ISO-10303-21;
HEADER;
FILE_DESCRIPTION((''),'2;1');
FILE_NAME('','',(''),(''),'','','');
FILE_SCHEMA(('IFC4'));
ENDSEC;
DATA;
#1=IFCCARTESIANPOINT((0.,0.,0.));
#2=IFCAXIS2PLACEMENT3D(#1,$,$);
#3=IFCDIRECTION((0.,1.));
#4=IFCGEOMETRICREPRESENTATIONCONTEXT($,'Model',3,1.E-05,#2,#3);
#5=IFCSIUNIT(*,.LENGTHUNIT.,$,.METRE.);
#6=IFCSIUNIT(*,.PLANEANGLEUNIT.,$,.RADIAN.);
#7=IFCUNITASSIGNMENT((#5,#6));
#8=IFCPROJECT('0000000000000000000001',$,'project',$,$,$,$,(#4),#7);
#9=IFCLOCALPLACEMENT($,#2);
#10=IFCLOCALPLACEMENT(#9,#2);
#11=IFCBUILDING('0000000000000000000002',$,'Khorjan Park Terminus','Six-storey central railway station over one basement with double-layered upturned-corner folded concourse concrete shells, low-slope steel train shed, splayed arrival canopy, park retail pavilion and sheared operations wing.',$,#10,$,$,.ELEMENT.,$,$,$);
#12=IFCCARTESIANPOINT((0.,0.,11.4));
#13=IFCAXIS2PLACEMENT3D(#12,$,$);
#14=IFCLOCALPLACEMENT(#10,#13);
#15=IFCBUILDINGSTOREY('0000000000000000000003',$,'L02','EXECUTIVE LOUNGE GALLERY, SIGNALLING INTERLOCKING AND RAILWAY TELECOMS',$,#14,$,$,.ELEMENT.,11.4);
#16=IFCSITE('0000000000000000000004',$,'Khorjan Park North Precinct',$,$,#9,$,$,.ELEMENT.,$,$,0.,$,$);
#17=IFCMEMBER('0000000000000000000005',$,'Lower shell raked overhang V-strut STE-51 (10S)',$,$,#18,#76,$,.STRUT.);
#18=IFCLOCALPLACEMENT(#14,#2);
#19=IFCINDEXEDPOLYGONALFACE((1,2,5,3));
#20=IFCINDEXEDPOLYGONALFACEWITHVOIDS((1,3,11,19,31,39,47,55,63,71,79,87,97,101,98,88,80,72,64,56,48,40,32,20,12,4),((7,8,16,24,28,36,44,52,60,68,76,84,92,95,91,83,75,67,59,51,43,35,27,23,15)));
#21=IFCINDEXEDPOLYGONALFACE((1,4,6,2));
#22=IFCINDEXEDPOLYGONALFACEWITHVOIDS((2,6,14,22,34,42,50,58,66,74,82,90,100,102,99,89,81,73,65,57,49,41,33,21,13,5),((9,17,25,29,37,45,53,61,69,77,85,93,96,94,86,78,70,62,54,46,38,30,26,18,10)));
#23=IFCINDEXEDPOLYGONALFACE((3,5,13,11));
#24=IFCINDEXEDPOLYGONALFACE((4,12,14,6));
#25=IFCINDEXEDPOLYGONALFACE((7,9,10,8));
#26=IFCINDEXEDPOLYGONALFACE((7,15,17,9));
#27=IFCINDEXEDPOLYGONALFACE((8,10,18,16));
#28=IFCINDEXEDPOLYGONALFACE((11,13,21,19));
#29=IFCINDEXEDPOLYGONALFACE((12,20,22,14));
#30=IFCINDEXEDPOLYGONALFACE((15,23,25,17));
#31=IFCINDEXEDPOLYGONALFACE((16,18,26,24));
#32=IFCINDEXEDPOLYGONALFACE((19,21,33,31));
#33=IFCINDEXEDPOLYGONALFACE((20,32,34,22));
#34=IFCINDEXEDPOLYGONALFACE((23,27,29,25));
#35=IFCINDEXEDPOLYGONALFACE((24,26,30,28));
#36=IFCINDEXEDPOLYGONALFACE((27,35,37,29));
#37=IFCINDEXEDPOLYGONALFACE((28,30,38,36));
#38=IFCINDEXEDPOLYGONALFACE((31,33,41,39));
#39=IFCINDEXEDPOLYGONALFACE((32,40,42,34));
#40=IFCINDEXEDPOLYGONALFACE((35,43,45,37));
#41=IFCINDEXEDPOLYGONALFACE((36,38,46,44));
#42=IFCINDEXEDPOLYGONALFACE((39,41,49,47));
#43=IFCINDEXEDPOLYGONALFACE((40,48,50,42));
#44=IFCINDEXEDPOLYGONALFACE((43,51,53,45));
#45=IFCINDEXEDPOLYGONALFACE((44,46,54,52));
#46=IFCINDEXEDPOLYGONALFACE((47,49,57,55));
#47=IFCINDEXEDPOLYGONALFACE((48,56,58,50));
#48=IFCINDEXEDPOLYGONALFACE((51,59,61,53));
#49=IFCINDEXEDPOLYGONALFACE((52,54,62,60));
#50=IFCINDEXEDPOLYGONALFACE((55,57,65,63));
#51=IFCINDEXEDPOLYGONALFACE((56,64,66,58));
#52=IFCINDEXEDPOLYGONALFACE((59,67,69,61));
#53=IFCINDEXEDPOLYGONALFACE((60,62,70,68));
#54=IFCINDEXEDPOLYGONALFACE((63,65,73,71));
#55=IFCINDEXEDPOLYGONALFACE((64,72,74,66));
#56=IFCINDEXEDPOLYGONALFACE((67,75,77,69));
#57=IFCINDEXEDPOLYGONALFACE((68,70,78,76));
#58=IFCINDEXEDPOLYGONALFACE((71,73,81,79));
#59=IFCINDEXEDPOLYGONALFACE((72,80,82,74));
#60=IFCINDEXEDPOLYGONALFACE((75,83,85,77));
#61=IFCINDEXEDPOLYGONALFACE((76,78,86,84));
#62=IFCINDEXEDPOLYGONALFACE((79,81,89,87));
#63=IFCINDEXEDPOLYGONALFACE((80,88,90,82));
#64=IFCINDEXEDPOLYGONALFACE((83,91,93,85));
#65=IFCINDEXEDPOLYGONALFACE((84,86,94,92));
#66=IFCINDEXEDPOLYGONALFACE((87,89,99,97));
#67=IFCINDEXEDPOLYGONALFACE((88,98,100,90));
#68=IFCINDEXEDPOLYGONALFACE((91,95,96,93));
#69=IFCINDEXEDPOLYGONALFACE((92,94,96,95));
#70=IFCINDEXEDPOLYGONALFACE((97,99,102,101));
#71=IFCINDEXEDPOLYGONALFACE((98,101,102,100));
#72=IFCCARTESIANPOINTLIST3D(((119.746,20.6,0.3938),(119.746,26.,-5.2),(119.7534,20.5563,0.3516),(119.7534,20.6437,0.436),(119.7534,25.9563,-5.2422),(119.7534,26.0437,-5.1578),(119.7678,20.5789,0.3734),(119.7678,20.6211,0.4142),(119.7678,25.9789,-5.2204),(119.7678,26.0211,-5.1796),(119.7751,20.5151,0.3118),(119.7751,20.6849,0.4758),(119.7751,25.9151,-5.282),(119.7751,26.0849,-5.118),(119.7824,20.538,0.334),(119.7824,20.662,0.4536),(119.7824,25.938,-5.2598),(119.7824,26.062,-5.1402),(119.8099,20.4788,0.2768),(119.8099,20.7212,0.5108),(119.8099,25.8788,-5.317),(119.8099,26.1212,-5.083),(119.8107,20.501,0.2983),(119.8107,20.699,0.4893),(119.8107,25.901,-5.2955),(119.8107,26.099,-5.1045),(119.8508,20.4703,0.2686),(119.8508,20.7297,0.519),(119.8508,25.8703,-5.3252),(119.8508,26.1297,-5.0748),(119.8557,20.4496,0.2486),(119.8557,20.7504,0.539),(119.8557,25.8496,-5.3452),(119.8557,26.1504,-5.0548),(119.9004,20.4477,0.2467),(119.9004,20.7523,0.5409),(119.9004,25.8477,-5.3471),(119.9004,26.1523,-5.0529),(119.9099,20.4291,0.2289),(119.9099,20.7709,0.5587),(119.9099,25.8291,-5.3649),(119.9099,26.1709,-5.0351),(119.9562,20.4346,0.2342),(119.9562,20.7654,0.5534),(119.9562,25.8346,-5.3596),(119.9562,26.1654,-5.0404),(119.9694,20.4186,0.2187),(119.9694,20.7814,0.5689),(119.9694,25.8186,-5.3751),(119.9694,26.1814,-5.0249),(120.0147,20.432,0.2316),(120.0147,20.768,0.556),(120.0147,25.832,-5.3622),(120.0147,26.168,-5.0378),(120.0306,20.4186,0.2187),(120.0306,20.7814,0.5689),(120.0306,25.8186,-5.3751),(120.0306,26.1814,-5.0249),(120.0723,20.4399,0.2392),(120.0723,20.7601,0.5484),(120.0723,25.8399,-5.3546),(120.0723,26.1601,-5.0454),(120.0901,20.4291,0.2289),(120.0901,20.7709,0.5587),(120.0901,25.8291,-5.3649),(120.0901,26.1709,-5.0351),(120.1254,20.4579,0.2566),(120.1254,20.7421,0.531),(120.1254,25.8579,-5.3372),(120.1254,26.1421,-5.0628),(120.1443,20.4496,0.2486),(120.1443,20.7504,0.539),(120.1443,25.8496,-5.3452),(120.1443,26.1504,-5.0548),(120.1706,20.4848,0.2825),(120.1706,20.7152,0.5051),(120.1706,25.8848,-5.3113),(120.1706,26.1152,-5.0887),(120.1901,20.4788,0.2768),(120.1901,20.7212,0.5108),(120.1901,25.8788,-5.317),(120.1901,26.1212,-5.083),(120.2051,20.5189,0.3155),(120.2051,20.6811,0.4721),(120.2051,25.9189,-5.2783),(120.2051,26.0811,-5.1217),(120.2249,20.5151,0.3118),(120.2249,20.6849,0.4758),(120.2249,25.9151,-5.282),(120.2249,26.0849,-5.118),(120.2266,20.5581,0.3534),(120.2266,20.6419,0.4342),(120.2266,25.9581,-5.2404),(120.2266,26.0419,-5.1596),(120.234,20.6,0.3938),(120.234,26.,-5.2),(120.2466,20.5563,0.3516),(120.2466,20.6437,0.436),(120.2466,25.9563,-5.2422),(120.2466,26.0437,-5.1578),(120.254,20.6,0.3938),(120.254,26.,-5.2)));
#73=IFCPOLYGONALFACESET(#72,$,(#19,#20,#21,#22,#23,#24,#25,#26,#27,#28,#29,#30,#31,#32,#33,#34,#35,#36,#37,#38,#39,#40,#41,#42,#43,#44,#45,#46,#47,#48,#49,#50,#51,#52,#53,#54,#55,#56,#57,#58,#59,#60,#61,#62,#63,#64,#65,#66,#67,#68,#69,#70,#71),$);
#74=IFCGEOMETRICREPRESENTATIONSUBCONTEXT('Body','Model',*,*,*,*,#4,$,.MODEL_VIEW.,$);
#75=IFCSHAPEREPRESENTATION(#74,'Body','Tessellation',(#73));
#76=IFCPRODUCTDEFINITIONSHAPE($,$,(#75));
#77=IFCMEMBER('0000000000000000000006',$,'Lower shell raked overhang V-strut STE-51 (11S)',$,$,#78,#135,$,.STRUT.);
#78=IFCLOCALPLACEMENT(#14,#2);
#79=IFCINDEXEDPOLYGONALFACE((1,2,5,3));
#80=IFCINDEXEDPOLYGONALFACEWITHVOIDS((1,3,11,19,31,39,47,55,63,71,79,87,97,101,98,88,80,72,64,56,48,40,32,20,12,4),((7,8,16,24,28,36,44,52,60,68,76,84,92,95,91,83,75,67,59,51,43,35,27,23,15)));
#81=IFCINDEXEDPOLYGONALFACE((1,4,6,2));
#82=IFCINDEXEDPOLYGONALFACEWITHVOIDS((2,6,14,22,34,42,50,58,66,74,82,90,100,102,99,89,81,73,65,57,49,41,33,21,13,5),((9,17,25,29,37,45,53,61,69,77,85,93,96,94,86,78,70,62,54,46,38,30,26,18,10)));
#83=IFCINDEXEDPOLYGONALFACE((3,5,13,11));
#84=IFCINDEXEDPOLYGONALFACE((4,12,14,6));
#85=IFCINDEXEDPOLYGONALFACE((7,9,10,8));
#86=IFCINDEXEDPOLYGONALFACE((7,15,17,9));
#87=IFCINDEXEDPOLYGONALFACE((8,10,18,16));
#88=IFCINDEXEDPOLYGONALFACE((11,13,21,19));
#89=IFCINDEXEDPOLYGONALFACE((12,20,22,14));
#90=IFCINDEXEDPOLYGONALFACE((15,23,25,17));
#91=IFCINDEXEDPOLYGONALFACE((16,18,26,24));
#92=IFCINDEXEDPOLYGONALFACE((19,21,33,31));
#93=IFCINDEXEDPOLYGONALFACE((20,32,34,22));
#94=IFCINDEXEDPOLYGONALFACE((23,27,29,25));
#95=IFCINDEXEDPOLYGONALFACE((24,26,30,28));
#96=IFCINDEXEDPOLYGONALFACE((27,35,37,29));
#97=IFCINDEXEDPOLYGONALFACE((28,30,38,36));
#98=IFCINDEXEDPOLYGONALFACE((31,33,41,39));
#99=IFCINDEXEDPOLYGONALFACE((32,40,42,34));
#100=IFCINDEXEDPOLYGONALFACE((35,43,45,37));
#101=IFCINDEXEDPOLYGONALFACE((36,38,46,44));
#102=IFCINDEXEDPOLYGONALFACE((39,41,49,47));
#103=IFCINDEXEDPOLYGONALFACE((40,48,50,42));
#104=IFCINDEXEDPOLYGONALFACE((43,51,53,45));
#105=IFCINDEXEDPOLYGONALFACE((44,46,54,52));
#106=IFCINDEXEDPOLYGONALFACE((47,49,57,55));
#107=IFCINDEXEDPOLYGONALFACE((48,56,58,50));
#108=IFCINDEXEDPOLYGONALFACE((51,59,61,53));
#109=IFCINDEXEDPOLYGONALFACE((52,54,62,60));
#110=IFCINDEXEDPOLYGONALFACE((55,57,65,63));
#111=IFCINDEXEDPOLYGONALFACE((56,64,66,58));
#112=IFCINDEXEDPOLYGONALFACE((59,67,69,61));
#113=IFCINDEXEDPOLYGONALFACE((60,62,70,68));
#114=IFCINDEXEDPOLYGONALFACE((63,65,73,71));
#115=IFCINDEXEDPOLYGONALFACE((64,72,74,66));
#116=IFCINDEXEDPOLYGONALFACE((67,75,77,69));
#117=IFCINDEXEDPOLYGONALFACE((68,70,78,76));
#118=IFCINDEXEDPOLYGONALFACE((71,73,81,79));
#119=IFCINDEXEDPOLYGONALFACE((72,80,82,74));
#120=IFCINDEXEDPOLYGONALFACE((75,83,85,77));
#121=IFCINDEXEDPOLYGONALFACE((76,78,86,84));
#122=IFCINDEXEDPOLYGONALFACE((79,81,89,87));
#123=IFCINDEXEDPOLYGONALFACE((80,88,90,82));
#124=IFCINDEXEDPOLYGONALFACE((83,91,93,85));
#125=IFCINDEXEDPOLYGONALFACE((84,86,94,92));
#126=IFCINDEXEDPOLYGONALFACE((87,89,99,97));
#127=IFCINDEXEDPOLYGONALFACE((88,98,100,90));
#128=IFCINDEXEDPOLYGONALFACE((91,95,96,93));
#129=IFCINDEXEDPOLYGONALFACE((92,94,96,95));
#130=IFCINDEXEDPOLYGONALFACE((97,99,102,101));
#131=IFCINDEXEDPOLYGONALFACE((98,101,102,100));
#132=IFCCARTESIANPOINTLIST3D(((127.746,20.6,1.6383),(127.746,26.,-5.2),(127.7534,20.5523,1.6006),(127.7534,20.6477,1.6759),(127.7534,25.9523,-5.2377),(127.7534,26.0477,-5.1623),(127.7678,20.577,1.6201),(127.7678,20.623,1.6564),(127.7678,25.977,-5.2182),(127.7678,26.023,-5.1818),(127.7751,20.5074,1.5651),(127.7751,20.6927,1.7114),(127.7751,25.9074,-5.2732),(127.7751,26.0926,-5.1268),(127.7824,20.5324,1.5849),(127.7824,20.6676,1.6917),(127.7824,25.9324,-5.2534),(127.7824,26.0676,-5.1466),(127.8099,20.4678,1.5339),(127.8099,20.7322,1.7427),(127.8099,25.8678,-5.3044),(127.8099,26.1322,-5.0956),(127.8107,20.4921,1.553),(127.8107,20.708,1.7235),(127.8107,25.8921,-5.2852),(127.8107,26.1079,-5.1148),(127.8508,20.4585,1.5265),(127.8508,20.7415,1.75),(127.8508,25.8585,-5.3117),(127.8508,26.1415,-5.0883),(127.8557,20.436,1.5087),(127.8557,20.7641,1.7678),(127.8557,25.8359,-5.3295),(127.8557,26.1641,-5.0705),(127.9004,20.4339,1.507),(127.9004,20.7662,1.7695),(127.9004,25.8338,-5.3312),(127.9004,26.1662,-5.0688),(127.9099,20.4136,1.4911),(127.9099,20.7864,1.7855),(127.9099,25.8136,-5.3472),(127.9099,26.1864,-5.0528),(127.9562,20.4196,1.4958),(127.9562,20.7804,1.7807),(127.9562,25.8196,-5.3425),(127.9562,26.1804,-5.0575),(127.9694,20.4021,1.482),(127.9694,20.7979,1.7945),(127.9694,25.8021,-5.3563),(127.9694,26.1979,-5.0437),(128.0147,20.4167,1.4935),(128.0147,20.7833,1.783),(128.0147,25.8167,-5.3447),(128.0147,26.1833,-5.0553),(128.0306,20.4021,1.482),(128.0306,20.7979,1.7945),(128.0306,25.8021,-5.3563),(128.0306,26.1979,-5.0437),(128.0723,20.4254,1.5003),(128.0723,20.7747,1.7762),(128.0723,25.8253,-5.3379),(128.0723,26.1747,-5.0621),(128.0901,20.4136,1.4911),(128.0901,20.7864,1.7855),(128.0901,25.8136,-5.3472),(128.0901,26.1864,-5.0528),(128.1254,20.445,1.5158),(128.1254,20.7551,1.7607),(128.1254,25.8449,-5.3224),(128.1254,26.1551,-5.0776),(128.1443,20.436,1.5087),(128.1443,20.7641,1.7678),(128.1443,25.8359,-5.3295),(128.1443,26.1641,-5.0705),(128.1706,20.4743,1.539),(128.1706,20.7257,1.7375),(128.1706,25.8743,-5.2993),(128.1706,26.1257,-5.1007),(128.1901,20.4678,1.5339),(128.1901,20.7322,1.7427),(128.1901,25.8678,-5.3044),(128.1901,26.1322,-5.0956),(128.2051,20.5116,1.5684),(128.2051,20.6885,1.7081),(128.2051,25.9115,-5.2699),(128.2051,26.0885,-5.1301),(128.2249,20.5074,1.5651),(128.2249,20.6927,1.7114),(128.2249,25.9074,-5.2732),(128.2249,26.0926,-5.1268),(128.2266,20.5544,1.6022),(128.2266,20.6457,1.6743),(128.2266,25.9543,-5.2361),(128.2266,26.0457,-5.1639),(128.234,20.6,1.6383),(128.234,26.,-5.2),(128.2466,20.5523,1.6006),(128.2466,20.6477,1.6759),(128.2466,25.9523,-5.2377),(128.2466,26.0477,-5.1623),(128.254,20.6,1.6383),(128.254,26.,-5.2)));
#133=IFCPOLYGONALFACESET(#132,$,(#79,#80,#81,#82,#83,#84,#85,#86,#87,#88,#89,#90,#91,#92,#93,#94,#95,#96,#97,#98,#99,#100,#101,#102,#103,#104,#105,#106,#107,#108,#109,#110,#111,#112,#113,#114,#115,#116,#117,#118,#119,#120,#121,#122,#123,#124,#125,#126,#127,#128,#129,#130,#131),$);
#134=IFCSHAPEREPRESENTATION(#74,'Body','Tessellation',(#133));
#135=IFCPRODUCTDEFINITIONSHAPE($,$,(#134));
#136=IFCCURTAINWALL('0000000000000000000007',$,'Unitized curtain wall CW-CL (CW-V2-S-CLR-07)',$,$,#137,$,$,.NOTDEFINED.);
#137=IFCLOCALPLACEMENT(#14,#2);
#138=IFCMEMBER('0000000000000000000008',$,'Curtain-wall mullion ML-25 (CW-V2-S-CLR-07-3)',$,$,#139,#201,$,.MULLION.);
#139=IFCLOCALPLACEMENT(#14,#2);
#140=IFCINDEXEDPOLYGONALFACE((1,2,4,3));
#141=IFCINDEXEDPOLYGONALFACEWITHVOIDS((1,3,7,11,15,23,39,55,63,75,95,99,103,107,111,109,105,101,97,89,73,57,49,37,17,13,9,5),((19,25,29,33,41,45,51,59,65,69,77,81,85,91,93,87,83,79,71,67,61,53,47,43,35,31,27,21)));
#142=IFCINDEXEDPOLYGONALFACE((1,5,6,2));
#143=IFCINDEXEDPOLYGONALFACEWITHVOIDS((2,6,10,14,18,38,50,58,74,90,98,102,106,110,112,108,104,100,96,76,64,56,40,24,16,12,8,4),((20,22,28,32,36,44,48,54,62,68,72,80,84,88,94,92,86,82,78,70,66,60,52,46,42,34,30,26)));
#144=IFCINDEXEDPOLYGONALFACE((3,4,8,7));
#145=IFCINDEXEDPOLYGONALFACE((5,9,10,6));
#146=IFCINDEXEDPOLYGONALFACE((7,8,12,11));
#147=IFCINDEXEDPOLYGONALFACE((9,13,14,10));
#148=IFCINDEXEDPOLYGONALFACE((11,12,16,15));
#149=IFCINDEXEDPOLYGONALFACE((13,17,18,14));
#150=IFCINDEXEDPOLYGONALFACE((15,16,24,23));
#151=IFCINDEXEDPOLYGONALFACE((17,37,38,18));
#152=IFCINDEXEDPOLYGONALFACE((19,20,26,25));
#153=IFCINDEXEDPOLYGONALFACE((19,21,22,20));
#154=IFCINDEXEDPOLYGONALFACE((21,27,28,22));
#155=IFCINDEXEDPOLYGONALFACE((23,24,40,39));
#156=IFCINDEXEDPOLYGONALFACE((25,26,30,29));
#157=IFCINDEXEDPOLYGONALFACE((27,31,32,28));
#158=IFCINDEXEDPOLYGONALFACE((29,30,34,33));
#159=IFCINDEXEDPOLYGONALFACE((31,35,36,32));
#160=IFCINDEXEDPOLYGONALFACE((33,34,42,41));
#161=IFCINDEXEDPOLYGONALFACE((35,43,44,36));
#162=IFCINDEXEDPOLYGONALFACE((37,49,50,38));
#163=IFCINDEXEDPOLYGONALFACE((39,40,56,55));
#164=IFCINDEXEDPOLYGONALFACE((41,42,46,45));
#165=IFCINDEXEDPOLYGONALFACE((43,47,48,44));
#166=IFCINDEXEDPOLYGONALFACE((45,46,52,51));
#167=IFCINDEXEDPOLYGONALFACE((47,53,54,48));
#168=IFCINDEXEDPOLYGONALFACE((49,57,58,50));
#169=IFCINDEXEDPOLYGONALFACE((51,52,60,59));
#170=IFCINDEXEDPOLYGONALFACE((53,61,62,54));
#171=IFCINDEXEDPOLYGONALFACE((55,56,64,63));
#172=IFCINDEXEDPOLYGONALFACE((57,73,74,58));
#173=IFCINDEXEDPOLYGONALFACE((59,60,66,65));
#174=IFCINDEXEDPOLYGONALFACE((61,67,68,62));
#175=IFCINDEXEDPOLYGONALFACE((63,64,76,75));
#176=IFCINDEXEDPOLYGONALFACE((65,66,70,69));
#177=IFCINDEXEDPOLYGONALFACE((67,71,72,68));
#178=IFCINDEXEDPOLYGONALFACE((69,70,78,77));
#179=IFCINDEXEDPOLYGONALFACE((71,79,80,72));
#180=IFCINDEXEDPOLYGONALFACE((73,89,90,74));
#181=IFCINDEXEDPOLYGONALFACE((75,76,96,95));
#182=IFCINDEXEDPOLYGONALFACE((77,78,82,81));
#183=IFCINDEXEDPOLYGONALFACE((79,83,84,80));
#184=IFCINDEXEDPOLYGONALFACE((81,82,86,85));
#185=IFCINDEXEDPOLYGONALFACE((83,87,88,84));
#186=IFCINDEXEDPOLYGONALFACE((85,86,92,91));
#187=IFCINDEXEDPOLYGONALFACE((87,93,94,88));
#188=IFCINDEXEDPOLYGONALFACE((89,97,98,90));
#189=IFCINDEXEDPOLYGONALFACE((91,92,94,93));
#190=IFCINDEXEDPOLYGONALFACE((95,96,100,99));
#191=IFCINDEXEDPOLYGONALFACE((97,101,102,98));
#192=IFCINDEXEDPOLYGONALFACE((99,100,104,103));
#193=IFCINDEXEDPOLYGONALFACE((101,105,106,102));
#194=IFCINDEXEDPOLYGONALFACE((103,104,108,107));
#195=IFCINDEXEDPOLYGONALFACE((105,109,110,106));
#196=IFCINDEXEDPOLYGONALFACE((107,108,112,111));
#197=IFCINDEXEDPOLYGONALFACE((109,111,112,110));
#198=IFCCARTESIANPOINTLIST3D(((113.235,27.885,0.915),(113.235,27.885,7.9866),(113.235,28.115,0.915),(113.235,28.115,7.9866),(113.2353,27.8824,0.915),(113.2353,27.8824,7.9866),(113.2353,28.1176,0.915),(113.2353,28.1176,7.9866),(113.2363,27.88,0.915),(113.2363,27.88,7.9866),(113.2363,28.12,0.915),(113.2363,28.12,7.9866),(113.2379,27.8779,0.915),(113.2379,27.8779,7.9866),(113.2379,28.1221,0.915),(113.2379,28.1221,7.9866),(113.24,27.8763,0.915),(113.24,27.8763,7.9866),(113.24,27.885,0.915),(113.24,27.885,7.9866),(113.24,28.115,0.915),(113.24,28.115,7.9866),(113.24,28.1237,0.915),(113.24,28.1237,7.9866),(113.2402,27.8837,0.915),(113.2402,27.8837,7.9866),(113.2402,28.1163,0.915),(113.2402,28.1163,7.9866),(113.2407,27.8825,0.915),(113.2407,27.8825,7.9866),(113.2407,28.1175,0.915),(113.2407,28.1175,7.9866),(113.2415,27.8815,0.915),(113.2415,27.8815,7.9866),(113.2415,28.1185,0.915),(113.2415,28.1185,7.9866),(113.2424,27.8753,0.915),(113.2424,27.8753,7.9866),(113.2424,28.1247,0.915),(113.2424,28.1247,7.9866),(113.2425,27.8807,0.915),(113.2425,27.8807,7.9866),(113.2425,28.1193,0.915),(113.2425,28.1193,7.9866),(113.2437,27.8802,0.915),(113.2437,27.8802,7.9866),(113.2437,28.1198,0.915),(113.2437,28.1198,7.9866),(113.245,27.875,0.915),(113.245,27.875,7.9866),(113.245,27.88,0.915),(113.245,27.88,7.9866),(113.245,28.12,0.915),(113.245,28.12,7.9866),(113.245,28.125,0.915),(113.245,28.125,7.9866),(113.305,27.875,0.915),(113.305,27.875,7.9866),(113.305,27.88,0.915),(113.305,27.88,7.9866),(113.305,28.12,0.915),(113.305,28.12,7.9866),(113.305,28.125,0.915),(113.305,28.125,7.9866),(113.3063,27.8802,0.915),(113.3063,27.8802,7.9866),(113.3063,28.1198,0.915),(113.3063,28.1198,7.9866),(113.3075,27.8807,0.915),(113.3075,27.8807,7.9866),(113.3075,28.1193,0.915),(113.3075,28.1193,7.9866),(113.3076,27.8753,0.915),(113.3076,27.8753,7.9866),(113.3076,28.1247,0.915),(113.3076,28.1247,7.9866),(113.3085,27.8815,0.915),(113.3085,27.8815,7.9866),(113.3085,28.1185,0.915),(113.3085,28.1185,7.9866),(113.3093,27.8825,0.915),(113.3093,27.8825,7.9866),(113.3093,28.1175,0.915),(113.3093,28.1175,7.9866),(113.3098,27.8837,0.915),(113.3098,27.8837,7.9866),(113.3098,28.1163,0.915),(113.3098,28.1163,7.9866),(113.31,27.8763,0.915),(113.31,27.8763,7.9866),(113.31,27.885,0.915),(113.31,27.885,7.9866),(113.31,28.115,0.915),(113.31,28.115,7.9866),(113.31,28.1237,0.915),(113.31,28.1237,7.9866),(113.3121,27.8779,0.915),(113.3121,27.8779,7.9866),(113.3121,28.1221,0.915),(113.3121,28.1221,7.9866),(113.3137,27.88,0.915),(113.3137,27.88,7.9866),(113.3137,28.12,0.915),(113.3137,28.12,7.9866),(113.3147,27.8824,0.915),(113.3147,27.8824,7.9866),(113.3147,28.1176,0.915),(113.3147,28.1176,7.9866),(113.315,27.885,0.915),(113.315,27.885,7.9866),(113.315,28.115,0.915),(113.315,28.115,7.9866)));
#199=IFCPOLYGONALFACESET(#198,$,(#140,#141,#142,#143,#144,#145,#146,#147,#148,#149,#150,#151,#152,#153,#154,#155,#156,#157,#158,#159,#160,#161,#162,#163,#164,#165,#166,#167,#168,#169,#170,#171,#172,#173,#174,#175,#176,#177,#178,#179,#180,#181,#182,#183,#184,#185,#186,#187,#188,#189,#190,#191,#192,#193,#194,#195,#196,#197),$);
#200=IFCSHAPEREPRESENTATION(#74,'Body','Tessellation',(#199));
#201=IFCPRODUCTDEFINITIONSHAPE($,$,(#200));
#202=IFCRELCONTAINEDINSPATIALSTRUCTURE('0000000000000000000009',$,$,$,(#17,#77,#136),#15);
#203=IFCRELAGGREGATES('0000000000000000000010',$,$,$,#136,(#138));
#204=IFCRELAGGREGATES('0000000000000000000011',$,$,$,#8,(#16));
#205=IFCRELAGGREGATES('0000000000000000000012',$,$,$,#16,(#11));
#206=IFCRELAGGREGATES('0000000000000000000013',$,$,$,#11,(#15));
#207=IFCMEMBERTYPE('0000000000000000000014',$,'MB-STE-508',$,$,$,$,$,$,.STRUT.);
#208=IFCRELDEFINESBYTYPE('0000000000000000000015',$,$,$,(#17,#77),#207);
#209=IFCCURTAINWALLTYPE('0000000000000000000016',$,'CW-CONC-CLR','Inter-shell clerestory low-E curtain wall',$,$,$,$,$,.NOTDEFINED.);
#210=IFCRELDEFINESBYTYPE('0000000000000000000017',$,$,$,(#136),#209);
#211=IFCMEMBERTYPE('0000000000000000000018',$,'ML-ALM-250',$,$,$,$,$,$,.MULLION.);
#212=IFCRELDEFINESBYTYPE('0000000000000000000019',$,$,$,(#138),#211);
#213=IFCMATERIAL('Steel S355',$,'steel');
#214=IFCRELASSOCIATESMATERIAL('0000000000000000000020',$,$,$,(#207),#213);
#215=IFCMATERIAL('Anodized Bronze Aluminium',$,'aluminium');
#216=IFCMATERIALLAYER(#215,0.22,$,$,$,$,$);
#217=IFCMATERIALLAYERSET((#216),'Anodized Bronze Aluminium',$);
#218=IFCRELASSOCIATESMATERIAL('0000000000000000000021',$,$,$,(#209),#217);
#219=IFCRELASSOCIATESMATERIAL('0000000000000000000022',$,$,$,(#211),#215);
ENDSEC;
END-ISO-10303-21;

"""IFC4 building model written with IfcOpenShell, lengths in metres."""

from ifc_helpers import new_model, si_unit, direction, frame, origin, origin_2d, place, context, subcontext, project, spatial, hollow_rectangle, hollow_circle, extrude, material, layer, layer_set, material_profile, profile_set, type_object, element, aggregate, save


model = new_model("IFC4")

# Units and contexts
model_context = context("Model", 3, precision=1e-05, world=origin(), true_north=direction((0.0, 1.0)))
body_context = subcontext(model_context, "Body", "Model", "MODEL_VIEW")
ifc_project = project(units=[si_unit("LENGTHUNIT", "METRE"), si_unit("PLANEANGLEUNIT", "RADIAN")], contexts=[model_context])

# Site, building, storey
site_placement = place(None, origin())
site = spatial("IfcSite", under=ifc_project, at=site_placement, Name="Khorjan Park North Precinct", CompositionType="ELEMENT", RefElevation=0.0)
building_placement = place(site_placement, origin())
building = spatial("IfcBuilding", under=site, at=building_placement, Name="Khorjan Park Terminus", Description="Six-storey central railway station over one basement with double-layered upturned-corner folded concourse concrete shells, low-slope steel train shed, splayed arrival canopy, park retail pavilion and sheared operations wing.", CompositionType="ELEMENT")
storey_placement = place(building_placement, frame((0.0, 0.0, 11.4)))
storey = spatial("IfcBuildingStorey", under=building, at=storey_placement, Name="L02", Description="EXECUTIVE LOUNGE GALLERY, SIGNALLING INTERLOCKING AND RAILWAY TELECOMS", CompositionType="ELEMENT", Elevation=11.4)

# Members
ifc_material_1 = material(Name="Steel S355", Category="steel")
ifc_material_profile_1 = material_profile(ifc_material_1, hollow_circle(Radius=0.254, WallThickness=0.02, at=origin_2d()), Name="CHS 508x20")
ifc_profile_set_1 = profile_set([ifc_material_profile_1], Name="Steel S355")
member_type_1 = type_object("IfcMemberType", Name="MB-STE-508", PredefinedType="STRUT", material=ifc_profile_set_1)
member_1_placement = place(storey_placement, frame((120.0, 26.0, -5.2), z_axis=(0.0, -0.694534, 0.71946), x_axis=(1.0, 0.0, 0.0)))
element("IfcMember", 1, at=member_1_placement, inside=storey, type_object=member_type_1, Name="Lower shell raked overhang V-strut STE-51 (10S)", PredefinedType="STRUT", context=body_context, shape_type="SweptSolid", body=[
    extrude(hollow_circle(Radius=0.254, WallThickness=0.02, at=origin_2d()), origin(), (0.0, 0.0, 1.0), 7.775),
])
member_2_placement = place(storey_placement, frame((128.0, 26.0, -5.2), z_axis=(0.0, -0.619739, 0.784808), x_axis=(1.0, 0.0, 0.0)))
element("IfcMember", 2, at=member_2_placement, inside=storey, type_object=member_type_1, Name="Lower shell raked overhang V-strut STE-51 (11S)", PredefinedType="STRUT", context=body_context, shape_type="SweptSolid", body=[
    extrude(hollow_circle(Radius=0.254, WallThickness=0.02, at=origin_2d()), origin(), (0.0, 0.0, 1.0), 8.7133),
])

# Curtain wall, member
ifc_material_2 = material(Name="Anodized Bronze Aluminium", Category="aluminium")
ifc_layer_1 = layer(ifc_material_2, 0.22)
ifc_layer_set_1 = layer_set([ifc_layer_1], Name="Anodized Bronze Aluminium")
curtain_wall_type = type_object("IfcCurtainWallType", Name="CW-CONC-CLR", Description="Inter-shell clerestory low-E curtain wall", PredefinedType="NOTDEFINED", material=ifc_layer_set_1)
curtain_wall_placement = place(storey_placement, origin())
curtain_wall = element("IfcCurtainWall", 3, at=curtain_wall_placement, inside=storey, type_object=curtain_wall_type, Name="Unitized curtain wall CW-CL (CW-V2-S-CLR-07)", PredefinedType="NOTDEFINED")
ifc_material_profile_2 = material_profile(ifc_material_2, hollow_rectangle(XDim=0.08, YDim=0.25, WallThickness=0.005, InnerFilletRadius=0.005, OuterFilletRadius=0.01, at=origin_2d()), Name="ALM 80x250x5")
ifc_profile_set_2 = profile_set([ifc_material_profile_2], Name="Anodized Bronze Aluminium")
member_type_2 = type_object("IfcMemberType", Name="ML-ALM-250", PredefinedType="MULLION", material=ifc_profile_set_2)
member_3_placement = place(storey_placement, frame((113.275, 28.0, 0.915), z_axis=(0.0, 0.0, 1.0), x_axis=(1.0, 0.0, 0.0)))
member_3 = element("IfcMember", 4, at=member_3_placement, type_object=member_type_2, Name="Curtain-wall mullion ML-25 (CW-V2-S-CLR-07-3)", PredefinedType="MULLION", context=body_context, shape_type="SweptSolid", body=[
    extrude(hollow_rectangle(XDim=0.08, YDim=0.25, WallThickness=0.005, InnerFilletRadius=0.005, OuterFilletRadius=0.01, at=origin_2d()), origin(), (0.0, 0.0, 1.0), 7.0716),
])

aggregate(curtain_wall, [member_3])

save(model, "model.ifc")
